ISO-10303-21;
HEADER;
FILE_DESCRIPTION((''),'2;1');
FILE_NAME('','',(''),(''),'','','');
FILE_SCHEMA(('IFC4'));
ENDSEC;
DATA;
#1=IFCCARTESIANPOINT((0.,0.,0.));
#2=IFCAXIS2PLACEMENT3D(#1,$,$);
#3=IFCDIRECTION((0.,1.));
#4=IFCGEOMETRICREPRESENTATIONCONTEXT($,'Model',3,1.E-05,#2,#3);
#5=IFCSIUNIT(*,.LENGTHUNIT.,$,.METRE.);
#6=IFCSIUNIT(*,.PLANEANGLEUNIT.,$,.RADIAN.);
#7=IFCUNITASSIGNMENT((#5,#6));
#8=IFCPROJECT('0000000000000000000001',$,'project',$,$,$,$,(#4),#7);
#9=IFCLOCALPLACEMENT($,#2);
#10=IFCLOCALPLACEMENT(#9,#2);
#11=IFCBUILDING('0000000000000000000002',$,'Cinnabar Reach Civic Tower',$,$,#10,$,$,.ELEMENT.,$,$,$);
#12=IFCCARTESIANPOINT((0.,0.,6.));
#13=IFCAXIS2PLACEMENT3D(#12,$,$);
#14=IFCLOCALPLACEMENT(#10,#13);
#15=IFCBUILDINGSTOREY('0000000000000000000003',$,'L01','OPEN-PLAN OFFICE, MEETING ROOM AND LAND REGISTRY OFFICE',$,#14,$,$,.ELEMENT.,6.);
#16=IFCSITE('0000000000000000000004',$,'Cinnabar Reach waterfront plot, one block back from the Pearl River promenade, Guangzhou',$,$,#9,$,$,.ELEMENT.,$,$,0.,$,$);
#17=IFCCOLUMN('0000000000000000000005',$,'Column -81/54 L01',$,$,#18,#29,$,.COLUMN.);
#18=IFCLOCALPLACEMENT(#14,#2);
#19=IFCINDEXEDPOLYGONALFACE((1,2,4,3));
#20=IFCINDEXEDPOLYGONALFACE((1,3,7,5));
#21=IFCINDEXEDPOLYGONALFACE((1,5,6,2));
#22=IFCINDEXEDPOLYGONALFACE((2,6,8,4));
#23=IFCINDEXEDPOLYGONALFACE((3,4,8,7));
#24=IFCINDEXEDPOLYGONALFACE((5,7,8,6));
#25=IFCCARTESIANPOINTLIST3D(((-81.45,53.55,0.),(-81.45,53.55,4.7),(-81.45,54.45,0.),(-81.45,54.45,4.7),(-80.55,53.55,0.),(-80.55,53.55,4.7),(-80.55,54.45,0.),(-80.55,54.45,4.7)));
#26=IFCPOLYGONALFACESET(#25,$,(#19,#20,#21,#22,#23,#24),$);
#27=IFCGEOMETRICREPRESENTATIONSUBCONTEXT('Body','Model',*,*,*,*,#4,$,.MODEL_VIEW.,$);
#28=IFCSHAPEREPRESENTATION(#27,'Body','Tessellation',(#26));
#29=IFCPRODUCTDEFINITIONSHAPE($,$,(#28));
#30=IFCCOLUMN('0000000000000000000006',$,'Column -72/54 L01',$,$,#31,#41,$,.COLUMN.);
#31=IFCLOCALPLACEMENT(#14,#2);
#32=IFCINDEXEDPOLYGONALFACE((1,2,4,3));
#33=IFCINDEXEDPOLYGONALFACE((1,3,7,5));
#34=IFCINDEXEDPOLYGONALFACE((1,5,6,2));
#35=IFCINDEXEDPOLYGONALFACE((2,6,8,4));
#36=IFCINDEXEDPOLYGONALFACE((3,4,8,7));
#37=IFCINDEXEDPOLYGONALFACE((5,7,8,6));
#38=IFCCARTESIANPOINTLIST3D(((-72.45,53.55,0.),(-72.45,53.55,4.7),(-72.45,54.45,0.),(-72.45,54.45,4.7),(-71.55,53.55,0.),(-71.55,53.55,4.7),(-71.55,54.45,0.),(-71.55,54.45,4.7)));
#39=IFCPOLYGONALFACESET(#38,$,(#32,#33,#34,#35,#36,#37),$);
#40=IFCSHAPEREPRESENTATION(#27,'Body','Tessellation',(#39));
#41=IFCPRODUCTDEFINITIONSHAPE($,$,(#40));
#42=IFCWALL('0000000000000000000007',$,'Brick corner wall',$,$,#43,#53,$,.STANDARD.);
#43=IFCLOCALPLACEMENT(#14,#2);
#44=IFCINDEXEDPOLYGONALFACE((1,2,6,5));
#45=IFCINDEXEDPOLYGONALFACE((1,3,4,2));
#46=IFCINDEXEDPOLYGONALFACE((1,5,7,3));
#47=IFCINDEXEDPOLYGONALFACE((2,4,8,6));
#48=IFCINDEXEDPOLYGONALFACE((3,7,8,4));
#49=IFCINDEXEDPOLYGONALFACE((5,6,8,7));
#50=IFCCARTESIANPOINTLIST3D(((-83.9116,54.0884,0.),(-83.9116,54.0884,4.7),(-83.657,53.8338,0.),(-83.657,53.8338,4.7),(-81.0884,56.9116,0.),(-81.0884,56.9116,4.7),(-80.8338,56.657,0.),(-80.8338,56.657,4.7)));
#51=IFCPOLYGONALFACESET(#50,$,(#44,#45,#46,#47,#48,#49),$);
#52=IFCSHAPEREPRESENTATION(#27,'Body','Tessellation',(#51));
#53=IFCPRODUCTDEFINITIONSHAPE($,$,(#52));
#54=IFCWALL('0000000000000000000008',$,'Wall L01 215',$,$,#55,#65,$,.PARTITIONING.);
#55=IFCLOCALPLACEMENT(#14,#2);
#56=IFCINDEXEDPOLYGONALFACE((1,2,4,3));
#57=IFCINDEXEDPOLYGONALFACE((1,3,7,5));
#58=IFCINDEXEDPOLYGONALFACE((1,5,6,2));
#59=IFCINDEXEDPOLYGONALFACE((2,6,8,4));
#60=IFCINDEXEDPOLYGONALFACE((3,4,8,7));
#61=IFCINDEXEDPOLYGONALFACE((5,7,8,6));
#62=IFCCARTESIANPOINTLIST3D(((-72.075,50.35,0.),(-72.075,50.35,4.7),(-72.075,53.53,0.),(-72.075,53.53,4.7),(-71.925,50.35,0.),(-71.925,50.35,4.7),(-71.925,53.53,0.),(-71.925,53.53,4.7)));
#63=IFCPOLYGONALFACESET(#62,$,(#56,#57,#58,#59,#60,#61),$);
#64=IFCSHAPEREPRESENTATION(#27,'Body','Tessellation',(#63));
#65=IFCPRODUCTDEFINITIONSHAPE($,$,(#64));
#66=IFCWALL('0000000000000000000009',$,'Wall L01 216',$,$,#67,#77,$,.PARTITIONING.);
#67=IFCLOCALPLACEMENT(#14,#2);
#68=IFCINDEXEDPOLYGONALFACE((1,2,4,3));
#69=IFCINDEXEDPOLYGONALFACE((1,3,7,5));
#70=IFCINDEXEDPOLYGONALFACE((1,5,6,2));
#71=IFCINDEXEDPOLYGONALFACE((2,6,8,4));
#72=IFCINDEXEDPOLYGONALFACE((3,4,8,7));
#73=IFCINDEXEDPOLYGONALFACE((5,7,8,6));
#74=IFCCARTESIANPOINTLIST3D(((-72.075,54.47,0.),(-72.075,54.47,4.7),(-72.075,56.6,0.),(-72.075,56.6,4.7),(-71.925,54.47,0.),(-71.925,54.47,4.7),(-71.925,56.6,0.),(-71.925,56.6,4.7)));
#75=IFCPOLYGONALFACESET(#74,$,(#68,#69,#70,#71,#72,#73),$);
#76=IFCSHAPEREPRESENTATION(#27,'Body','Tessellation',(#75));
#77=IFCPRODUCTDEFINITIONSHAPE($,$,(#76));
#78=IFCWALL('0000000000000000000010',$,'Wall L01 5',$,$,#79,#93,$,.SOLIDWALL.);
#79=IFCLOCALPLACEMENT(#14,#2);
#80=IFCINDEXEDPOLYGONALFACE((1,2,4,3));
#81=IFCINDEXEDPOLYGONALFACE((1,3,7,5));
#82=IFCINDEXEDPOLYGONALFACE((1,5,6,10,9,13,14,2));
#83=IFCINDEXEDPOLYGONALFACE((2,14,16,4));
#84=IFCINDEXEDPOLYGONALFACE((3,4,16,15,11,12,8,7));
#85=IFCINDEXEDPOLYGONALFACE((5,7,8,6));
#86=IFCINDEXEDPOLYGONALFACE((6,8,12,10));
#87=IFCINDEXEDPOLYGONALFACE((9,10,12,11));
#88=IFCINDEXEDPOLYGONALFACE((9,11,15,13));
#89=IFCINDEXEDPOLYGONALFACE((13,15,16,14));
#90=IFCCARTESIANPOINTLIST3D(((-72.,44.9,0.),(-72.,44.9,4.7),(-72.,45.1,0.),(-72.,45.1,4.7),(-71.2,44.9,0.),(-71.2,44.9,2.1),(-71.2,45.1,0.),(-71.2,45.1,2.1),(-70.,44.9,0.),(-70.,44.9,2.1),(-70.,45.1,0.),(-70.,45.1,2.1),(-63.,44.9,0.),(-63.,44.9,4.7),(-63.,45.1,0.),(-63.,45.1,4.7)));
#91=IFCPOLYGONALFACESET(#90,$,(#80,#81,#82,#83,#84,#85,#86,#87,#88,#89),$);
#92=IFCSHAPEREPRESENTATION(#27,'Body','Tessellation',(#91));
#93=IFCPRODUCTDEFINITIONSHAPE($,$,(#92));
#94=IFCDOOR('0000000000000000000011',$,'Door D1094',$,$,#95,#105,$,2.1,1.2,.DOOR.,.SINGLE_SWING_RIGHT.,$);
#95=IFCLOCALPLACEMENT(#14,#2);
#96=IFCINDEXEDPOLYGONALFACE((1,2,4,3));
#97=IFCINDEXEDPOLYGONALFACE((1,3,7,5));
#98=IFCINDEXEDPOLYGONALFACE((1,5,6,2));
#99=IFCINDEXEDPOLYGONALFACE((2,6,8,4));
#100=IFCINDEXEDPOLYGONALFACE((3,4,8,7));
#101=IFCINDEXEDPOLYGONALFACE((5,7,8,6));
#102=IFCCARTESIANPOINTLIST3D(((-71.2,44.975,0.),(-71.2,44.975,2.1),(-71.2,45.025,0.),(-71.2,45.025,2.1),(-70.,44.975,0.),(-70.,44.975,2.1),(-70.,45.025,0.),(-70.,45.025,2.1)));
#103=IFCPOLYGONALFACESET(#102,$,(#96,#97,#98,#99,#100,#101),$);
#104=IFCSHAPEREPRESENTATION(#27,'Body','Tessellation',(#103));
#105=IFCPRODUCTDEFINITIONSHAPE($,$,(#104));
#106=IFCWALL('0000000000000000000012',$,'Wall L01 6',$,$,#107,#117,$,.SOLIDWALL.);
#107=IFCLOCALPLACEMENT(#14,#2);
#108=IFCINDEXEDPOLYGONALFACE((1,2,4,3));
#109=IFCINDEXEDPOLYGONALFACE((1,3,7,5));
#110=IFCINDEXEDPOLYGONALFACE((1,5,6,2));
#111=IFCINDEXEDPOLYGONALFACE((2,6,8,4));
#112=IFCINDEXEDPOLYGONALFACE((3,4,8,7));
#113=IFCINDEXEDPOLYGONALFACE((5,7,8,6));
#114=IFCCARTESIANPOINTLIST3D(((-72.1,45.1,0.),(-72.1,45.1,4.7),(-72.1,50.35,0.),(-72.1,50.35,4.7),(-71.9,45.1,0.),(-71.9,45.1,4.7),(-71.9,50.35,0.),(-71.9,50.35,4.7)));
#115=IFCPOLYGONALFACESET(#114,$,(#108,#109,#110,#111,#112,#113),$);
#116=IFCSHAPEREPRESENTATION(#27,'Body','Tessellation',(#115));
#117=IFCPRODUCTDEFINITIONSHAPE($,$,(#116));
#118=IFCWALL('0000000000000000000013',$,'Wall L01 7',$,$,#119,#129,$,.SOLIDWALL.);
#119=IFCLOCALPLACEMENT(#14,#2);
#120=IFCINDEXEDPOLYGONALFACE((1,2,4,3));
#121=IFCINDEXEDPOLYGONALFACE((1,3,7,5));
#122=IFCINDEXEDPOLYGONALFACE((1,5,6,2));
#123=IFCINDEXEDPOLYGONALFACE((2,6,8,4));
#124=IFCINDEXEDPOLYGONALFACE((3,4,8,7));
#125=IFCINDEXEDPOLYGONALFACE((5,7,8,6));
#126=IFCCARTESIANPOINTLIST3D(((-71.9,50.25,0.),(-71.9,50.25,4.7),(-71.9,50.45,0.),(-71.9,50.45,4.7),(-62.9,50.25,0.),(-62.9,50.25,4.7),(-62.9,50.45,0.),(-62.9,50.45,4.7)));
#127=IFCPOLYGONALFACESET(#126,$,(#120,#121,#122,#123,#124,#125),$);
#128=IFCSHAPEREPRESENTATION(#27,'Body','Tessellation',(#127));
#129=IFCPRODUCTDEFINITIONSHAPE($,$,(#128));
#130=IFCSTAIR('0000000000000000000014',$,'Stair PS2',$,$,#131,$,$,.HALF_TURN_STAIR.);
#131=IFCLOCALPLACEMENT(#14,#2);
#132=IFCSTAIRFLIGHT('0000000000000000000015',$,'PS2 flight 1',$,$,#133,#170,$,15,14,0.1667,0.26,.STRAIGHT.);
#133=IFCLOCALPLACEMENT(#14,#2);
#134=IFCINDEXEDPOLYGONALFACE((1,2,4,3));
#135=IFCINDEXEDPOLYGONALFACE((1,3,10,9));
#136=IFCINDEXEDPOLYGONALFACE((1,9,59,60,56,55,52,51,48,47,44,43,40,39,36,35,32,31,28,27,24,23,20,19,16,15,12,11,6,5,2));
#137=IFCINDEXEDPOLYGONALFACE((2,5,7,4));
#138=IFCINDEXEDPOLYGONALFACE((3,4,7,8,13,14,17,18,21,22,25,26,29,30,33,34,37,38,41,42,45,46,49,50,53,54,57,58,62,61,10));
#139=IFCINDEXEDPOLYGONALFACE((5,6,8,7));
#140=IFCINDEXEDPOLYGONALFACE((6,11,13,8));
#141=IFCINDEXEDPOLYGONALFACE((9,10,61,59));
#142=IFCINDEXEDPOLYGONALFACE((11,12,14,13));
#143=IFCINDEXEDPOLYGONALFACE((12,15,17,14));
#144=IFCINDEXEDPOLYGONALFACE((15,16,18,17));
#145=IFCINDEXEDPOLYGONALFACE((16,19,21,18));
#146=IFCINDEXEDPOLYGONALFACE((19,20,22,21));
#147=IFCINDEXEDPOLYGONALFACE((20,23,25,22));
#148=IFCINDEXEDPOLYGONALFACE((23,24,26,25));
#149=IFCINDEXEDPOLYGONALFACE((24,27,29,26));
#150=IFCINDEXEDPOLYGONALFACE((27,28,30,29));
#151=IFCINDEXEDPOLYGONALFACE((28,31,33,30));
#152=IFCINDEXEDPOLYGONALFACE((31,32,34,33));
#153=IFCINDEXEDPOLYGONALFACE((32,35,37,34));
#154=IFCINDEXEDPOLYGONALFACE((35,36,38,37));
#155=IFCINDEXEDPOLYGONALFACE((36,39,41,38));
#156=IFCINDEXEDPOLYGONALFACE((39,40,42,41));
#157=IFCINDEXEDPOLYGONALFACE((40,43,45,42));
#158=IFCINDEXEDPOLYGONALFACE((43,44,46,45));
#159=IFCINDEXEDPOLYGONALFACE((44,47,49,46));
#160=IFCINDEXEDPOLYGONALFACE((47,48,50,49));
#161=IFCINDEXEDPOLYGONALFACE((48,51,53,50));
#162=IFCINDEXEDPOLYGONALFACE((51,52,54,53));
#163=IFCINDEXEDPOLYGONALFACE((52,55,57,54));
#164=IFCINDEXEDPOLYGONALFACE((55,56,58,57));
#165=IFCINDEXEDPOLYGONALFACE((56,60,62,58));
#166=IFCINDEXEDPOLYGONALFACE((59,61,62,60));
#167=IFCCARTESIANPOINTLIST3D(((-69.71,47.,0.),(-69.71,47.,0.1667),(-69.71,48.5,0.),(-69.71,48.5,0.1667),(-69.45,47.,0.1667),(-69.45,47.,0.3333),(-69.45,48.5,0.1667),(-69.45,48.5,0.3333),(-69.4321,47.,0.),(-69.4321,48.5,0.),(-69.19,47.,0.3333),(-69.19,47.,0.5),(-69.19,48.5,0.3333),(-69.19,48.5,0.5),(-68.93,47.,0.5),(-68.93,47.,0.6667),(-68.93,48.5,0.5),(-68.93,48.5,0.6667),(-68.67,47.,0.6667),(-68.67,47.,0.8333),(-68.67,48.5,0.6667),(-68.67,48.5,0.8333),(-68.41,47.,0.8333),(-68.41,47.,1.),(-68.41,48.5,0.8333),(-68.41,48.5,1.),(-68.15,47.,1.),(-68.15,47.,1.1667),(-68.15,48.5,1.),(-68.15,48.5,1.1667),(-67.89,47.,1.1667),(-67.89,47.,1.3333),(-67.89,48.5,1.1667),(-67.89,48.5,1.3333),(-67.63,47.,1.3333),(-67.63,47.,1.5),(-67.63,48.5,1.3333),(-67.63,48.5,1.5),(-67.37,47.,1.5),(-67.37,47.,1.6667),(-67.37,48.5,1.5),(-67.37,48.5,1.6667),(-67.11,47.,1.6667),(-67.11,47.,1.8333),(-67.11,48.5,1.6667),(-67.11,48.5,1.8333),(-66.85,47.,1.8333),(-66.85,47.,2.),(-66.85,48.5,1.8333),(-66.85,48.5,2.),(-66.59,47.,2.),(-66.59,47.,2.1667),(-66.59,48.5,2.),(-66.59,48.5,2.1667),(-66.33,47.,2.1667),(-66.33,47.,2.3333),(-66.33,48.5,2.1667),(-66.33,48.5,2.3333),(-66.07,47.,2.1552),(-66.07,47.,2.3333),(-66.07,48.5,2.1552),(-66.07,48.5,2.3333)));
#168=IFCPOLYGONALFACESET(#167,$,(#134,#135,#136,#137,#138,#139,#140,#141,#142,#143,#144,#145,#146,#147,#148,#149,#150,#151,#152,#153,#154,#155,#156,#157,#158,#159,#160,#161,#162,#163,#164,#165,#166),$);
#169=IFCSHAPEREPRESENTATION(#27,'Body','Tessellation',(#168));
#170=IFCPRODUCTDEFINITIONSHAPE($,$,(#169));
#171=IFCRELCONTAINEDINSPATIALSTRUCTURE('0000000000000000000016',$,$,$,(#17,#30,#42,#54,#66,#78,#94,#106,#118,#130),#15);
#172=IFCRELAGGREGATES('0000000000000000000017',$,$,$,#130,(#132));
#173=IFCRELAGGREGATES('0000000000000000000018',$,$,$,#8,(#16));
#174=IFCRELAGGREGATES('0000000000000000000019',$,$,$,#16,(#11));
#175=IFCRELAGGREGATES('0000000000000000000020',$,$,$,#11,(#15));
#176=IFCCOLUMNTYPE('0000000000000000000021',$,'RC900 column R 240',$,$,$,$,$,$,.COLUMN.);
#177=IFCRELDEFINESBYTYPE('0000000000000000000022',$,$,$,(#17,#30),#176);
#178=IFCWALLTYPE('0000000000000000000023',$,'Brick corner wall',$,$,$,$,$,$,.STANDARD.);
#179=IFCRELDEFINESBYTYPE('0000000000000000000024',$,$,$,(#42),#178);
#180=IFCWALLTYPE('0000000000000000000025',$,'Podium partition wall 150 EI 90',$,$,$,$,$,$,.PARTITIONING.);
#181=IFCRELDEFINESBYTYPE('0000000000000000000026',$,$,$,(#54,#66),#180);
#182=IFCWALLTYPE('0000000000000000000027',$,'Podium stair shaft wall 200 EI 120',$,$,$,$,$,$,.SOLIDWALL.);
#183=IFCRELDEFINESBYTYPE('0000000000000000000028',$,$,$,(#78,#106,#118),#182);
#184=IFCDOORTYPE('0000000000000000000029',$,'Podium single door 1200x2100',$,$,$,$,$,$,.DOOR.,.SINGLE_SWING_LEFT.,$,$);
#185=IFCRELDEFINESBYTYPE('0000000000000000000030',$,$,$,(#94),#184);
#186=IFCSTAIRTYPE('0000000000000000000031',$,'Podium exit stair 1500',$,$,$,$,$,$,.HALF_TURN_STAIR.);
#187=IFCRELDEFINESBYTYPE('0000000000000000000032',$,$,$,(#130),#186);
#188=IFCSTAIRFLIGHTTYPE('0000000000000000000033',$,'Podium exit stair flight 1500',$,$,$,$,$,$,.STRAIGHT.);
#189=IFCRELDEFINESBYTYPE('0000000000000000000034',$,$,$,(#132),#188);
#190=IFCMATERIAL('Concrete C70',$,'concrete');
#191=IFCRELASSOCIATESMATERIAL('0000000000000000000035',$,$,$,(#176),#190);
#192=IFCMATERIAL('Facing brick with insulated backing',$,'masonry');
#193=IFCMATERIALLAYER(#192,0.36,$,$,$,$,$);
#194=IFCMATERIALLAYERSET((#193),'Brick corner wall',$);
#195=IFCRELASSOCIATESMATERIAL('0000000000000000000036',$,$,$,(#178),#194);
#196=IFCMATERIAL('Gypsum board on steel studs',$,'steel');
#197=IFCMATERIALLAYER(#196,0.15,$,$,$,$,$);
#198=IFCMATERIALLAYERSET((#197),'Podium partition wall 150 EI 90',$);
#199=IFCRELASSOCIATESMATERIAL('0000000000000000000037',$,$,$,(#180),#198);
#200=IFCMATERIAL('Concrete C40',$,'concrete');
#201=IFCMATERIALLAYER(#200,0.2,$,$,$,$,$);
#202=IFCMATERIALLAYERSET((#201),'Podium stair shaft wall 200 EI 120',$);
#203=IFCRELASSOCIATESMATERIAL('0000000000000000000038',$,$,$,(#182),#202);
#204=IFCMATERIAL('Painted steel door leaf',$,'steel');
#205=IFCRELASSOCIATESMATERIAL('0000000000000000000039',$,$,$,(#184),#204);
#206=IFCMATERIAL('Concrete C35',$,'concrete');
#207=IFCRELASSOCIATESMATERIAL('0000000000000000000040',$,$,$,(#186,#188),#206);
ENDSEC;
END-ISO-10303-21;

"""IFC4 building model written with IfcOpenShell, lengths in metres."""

from ifc_helpers import new_model, si_unit, direction, frame, frame_2d, origin, origin_2d, place, context, subcontext, project, spatial, polyline, rectangle, outline, extrude, material, layer, layer_set, material_profile, profile_set, type_object, element, fill, aggregate, save


model = new_model("IFC4")

# Units and contexts
model_context = context("Model", 3, precision=1e-05, world=origin(), true_north=direction((0.0, 1.0)))
body_context = subcontext(model_context, "Body", "Model", "MODEL_VIEW")
ifc_project = project(units=[si_unit("LENGTHUNIT", "METRE"), si_unit("PLANEANGLEUNIT", "RADIAN")], contexts=[model_context])

# Site, building, storey
site_placement = place(None, origin())
site = spatial("IfcSite", under=ifc_project, at=site_placement, Name="Cinnabar Reach waterfront plot, one block back from the Pearl River promenade, Guangzhou", CompositionType="ELEMENT", RefElevation=0.0)
building_placement = place(site_placement, origin())
building = spatial("IfcBuilding", under=site, at=building_placement, Name="Cinnabar Reach Civic Tower", CompositionType="ELEMENT")
storey_placement = place(building_placement, frame((0.0, 0.0, 6.0)))
storey = spatial("IfcBuildingStorey", under=building, at=storey_placement, Name="L01", Description="OPEN-PLAN OFFICE, MEETING ROOM AND LAND REGISTRY OFFICE", CompositionType="ELEMENT", Elevation=6.0)

# Columns
ifc_material_1 = material(Name="Concrete C70", Category="concrete")
ifc_material_profile = material_profile(ifc_material_1, rectangle(XDim=0.9, YDim=0.9, at=origin_2d()), Name="RC900")
ifc_profile_set = profile_set([ifc_material_profile], Name="Concrete C70")
column_type = type_object("IfcColumnType", Name="RC900 column R 240", PredefinedType="COLUMN", material=ifc_profile_set)
for number, where, z_axis, x_axis, name in (
    (1, (-81.0, 54.0, 0.0), (0.0, 0.0, 1.0), (1.0, 0.0, 0.0), "Column -81/54 L01"),
    (2, (-72.0, 54.0, 0.0), (0.0, 0.0, 1.0), (1.0, 0.0, 0.0), "Column -72/54 L01"),
):
    element("IfcColumn", number, at=place(storey_placement, frame(where, z_axis=z_axis, x_axis=x_axis)), inside=storey, type_object=column_type, Name=name, PredefinedType="COLUMN", context=body_context, shape_type="SweptSolid", body=[
        extrude(rectangle(XDim=0.9, YDim=0.9, at=origin_2d()), origin(), (0.0, 0.0, 1.0), 4.7),
    ])

# Wall
ifc_material_2 = material(Name="Facing brick with insulated backing", Category="masonry")
ifc_layer_1 = layer(ifc_material_2, 0.36)
ifc_layer_set_1 = layer_set([ifc_layer_1], Name="Brick corner wall")
wall_type_1 = type_object("IfcWallType", Name="Brick corner wall", PredefinedType="STANDARD", material=ifc_layer_set_1)
wall_1_placement = place(storey_placement, frame((-80.9611, 56.7843, 0.0), z_axis=(0.0, 0.0, 1.0), x_axis=(-0.707107, -0.707107, 0.0)))
element("IfcWall", 3, at=wall_1_placement, inside=storey, type_object=wall_type_1, Name="Brick corner wall", PredefinedType="STANDARD", context=body_context, shape_type="SweptSolid", body=[
    extrude(rectangle(XDim=3.9926, YDim=0.36, at=frame_2d((1.9963, 0.0))), origin(), (0.0, 0.0, 1.0), 4.7),
])

# Walls
ifc_material_3 = material(Name="Gypsum board on steel studs", Category="steel")
ifc_layer_2 = layer(ifc_material_3, 0.15)
ifc_layer_set_2 = layer_set([ifc_layer_2], Name="Podium partition wall 150 EI 90")
wall_type_2 = type_object("IfcWallType", Name="Podium partition wall 150 EI 90", PredefinedType="PARTITIONING", material=ifc_layer_set_2)
wall_2_placement = place(storey_placement, frame((-72.0, 50.35, 0.0), z_axis=(0.0, 0.0, 1.0), x_axis=(0.0, 1.0, 0.0)))
element("IfcWall", 4, at=wall_2_placement, inside=storey, type_object=wall_type_2, Name="Wall L01 215", PredefinedType="PARTITIONING", context=body_context, shape_type="SweptSolid", body=[
    extrude(rectangle(XDim=3.18, YDim=0.15, at=frame_2d((1.59, 0.0))), origin(), (0.0, 0.0, 1.0), 4.7),
])
wall_3_placement = place(storey_placement, frame((-72.0, 54.47, 0.0), z_axis=(0.0, 0.0, 1.0), x_axis=(0.0, 1.0, 0.0)))
element("IfcWall", 5, at=wall_3_placement, inside=storey, type_object=wall_type_2, Name="Wall L01 216", PredefinedType="PARTITIONING", context=body_context, shape_type="SweptSolid", body=[
    extrude(rectangle(XDim=2.13, YDim=0.15, at=frame_2d((1.065, 0.0))), origin(), (0.0, 0.0, 1.0), 4.7),
])

# Wall, opening, door
ifc_material_4 = material(Name="Concrete C40", Category="concrete")
ifc_layer_3 = layer(ifc_material_4, 0.2)
ifc_layer_set_3 = layer_set([ifc_layer_3], Name="Podium stair shaft wall 200 EI 120")
wall_type_3 = type_object("IfcWallType", Name="Podium stair shaft wall 200 EI 120", PredefinedType="SOLIDWALL", material=ifc_layer_set_3)
wall_4_placement = place(storey_placement, frame((-72.0, 45.0, 0.0), z_axis=(0.0, 0.0, 1.0), x_axis=(1.0, 0.0, 0.0)))
wall_4 = element("IfcWall", 6, at=wall_4_placement, inside=storey, type_object=wall_type_3, Name="Wall L01 5", PredefinedType="SOLIDWALL", context=body_context, shape_type="SweptSolid", body=[
    extrude(rectangle(XDim=9.0, YDim=0.2, at=frame_2d((4.5, 0.0))), origin(), (0.0, 0.0, 1.0), 4.7),
])
opening_1_placement = place(wall_4_placement, frame((0.8, 0.0, 0.0)))
opening_1 = element("IfcOpeningElement", 7, at=opening_1_placement, cuts=wall_4, PredefinedType="OPENING", context=body_context, shape_type="SweptSolid", body=[
    extrude(rectangle(XDim=1.2, YDim=2.1, at=frame_2d((0.6, 1.05))), frame((0.0, 0.11, 0.0), z_axis=(0.0, -1.0, 0.0), x_axis=(1.0, 0.0, 0.0)), (0.0, 0.0, 1.0), 0.22),
])
ifc_material_5 = material(Name="Painted steel door leaf", Category="steel")
door_type = type_object("IfcDoorType", Name="Podium single door 1200x2100", OperationType="SINGLE_SWING_LEFT", PredefinedType="DOOR", material=ifc_material_5)
door_placement = place(opening_1_placement, origin())
door = element("IfcDoor", 8, at=door_placement, inside=storey, type_object=door_type, Name="Door D1094", OperationType="SINGLE_SWING_RIGHT", OverallHeight=2.1, OverallWidth=1.2, PredefinedType="DOOR", context=body_context, shape_type="SweptSolid", body=[
    extrude(rectangle(XDim=1.2, YDim=2.1, at=frame_2d((0.6, 1.05))), frame((0.0, 0.025, 0.0), z_axis=(0.0, -1.0, 0.0), x_axis=(1.0, 0.0, 0.0)), (0.0, 0.0, 1.0), 0.05),
])
fill(opening_1, door)

# Walls
wall_5_placement = place(storey_placement, frame((-72.0, 45.1, 0.0), z_axis=(0.0, 0.0, 1.0), x_axis=(0.0, 1.0, 0.0)))
element("IfcWall", 9, at=wall_5_placement, inside=storey, type_object=wall_type_3, Name="Wall L01 6", PredefinedType="SOLIDWALL", context=body_context, shape_type="SweptSolid", body=[
    extrude(rectangle(XDim=5.25, YDim=0.2, at=frame_2d((2.625, 0.0))), origin(), (0.0, 0.0, 1.0), 4.7),
])
wall_6_placement = place(storey_placement, frame((-71.9, 50.35, 0.0), z_axis=(0.0, 0.0, 1.0), x_axis=(1.0, 0.0, 0.0)))
element("IfcWall", 10, at=wall_6_placement, inside=storey, type_object=wall_type_3, Name="Wall L01 7", PredefinedType="SOLIDWALL", context=body_context, shape_type="SweptSolid", body=[
    extrude(rectangle(XDim=9.0, YDim=0.2, at=frame_2d((4.5, 0.0))), origin(), (0.0, 0.0, 1.0), 4.7),
])

# Stair, stair flight
ifc_material_6 = material(Name="Concrete C35", Category="concrete")
stair_type = type_object("IfcStairType", Name="Podium exit stair 1500", PredefinedType="HALF_TURN_STAIR", material=ifc_material_6)
stair_placement = place(storey_placement, origin())
stair = element("IfcStair", 11, at=stair_placement, inside=storey, type_object=stair_type, Name="Stair PS2", PredefinedType="HALF_TURN_STAIR")
stair_flight_type = type_object("IfcStairFlightType", Name="Podium exit stair flight 1500", PredefinedType="STRAIGHT", material=ifc_material_6)
stair_flight_placement = place(storey_placement, frame((-69.71, 47.75, 0.0), z_axis=(0.0, 0.0, 1.0), x_axis=(1.0, 0.0, 0.0)))
stair_flight = element("IfcStairFlight", 12, at=stair_flight_placement, type_object=stair_flight_type, Name="PS2 flight 1", NumberOfRisers=15, NumberOfTreads=14, PredefinedType="STRAIGHT", RiserHeight=0.1667, TreadLength=0.26, context=body_context, shape_type="SweptSolid", body=[
    extrude(outline(polyline([(0.0, 0.0), (0.0, 0.1667), (0.26, 0.1667), (0.26, 0.3333), (0.52, 0.3333), (0.52, 0.5), (0.78, 0.5), (0.78, 0.6667), (1.04, 0.6667), (1.04, 0.8333), (1.3, 0.8333), (1.3, 1.0), (1.56, 1.0), (1.56, 1.1667), (1.82, 1.1667), (1.82, 1.3333), (2.08, 1.3333), (2.08, 1.5), (2.34, 1.5), (2.34, 1.6667), (2.6, 1.6667), (2.6, 1.8333), (2.86, 1.8333), (2.86, 2.0), (3.12, 2.0), (3.12, 2.1667), (3.38, 2.1667), (3.38, 2.3333), (3.64, 2.3333), (3.64, 2.5), (3.64, 2.1552), (0.2779, 0.0), (0.0, 0.0)])), frame((0.0, 0.75, 0.0), z_axis=(0.0, -1.0, 0.0), x_axis=(1.0, 0.0, 0.0)), (0.0, 0.0, 1.0), 1.5),
])
aggregate(stair, [stair_flight])

save(model, "model.ifc")
